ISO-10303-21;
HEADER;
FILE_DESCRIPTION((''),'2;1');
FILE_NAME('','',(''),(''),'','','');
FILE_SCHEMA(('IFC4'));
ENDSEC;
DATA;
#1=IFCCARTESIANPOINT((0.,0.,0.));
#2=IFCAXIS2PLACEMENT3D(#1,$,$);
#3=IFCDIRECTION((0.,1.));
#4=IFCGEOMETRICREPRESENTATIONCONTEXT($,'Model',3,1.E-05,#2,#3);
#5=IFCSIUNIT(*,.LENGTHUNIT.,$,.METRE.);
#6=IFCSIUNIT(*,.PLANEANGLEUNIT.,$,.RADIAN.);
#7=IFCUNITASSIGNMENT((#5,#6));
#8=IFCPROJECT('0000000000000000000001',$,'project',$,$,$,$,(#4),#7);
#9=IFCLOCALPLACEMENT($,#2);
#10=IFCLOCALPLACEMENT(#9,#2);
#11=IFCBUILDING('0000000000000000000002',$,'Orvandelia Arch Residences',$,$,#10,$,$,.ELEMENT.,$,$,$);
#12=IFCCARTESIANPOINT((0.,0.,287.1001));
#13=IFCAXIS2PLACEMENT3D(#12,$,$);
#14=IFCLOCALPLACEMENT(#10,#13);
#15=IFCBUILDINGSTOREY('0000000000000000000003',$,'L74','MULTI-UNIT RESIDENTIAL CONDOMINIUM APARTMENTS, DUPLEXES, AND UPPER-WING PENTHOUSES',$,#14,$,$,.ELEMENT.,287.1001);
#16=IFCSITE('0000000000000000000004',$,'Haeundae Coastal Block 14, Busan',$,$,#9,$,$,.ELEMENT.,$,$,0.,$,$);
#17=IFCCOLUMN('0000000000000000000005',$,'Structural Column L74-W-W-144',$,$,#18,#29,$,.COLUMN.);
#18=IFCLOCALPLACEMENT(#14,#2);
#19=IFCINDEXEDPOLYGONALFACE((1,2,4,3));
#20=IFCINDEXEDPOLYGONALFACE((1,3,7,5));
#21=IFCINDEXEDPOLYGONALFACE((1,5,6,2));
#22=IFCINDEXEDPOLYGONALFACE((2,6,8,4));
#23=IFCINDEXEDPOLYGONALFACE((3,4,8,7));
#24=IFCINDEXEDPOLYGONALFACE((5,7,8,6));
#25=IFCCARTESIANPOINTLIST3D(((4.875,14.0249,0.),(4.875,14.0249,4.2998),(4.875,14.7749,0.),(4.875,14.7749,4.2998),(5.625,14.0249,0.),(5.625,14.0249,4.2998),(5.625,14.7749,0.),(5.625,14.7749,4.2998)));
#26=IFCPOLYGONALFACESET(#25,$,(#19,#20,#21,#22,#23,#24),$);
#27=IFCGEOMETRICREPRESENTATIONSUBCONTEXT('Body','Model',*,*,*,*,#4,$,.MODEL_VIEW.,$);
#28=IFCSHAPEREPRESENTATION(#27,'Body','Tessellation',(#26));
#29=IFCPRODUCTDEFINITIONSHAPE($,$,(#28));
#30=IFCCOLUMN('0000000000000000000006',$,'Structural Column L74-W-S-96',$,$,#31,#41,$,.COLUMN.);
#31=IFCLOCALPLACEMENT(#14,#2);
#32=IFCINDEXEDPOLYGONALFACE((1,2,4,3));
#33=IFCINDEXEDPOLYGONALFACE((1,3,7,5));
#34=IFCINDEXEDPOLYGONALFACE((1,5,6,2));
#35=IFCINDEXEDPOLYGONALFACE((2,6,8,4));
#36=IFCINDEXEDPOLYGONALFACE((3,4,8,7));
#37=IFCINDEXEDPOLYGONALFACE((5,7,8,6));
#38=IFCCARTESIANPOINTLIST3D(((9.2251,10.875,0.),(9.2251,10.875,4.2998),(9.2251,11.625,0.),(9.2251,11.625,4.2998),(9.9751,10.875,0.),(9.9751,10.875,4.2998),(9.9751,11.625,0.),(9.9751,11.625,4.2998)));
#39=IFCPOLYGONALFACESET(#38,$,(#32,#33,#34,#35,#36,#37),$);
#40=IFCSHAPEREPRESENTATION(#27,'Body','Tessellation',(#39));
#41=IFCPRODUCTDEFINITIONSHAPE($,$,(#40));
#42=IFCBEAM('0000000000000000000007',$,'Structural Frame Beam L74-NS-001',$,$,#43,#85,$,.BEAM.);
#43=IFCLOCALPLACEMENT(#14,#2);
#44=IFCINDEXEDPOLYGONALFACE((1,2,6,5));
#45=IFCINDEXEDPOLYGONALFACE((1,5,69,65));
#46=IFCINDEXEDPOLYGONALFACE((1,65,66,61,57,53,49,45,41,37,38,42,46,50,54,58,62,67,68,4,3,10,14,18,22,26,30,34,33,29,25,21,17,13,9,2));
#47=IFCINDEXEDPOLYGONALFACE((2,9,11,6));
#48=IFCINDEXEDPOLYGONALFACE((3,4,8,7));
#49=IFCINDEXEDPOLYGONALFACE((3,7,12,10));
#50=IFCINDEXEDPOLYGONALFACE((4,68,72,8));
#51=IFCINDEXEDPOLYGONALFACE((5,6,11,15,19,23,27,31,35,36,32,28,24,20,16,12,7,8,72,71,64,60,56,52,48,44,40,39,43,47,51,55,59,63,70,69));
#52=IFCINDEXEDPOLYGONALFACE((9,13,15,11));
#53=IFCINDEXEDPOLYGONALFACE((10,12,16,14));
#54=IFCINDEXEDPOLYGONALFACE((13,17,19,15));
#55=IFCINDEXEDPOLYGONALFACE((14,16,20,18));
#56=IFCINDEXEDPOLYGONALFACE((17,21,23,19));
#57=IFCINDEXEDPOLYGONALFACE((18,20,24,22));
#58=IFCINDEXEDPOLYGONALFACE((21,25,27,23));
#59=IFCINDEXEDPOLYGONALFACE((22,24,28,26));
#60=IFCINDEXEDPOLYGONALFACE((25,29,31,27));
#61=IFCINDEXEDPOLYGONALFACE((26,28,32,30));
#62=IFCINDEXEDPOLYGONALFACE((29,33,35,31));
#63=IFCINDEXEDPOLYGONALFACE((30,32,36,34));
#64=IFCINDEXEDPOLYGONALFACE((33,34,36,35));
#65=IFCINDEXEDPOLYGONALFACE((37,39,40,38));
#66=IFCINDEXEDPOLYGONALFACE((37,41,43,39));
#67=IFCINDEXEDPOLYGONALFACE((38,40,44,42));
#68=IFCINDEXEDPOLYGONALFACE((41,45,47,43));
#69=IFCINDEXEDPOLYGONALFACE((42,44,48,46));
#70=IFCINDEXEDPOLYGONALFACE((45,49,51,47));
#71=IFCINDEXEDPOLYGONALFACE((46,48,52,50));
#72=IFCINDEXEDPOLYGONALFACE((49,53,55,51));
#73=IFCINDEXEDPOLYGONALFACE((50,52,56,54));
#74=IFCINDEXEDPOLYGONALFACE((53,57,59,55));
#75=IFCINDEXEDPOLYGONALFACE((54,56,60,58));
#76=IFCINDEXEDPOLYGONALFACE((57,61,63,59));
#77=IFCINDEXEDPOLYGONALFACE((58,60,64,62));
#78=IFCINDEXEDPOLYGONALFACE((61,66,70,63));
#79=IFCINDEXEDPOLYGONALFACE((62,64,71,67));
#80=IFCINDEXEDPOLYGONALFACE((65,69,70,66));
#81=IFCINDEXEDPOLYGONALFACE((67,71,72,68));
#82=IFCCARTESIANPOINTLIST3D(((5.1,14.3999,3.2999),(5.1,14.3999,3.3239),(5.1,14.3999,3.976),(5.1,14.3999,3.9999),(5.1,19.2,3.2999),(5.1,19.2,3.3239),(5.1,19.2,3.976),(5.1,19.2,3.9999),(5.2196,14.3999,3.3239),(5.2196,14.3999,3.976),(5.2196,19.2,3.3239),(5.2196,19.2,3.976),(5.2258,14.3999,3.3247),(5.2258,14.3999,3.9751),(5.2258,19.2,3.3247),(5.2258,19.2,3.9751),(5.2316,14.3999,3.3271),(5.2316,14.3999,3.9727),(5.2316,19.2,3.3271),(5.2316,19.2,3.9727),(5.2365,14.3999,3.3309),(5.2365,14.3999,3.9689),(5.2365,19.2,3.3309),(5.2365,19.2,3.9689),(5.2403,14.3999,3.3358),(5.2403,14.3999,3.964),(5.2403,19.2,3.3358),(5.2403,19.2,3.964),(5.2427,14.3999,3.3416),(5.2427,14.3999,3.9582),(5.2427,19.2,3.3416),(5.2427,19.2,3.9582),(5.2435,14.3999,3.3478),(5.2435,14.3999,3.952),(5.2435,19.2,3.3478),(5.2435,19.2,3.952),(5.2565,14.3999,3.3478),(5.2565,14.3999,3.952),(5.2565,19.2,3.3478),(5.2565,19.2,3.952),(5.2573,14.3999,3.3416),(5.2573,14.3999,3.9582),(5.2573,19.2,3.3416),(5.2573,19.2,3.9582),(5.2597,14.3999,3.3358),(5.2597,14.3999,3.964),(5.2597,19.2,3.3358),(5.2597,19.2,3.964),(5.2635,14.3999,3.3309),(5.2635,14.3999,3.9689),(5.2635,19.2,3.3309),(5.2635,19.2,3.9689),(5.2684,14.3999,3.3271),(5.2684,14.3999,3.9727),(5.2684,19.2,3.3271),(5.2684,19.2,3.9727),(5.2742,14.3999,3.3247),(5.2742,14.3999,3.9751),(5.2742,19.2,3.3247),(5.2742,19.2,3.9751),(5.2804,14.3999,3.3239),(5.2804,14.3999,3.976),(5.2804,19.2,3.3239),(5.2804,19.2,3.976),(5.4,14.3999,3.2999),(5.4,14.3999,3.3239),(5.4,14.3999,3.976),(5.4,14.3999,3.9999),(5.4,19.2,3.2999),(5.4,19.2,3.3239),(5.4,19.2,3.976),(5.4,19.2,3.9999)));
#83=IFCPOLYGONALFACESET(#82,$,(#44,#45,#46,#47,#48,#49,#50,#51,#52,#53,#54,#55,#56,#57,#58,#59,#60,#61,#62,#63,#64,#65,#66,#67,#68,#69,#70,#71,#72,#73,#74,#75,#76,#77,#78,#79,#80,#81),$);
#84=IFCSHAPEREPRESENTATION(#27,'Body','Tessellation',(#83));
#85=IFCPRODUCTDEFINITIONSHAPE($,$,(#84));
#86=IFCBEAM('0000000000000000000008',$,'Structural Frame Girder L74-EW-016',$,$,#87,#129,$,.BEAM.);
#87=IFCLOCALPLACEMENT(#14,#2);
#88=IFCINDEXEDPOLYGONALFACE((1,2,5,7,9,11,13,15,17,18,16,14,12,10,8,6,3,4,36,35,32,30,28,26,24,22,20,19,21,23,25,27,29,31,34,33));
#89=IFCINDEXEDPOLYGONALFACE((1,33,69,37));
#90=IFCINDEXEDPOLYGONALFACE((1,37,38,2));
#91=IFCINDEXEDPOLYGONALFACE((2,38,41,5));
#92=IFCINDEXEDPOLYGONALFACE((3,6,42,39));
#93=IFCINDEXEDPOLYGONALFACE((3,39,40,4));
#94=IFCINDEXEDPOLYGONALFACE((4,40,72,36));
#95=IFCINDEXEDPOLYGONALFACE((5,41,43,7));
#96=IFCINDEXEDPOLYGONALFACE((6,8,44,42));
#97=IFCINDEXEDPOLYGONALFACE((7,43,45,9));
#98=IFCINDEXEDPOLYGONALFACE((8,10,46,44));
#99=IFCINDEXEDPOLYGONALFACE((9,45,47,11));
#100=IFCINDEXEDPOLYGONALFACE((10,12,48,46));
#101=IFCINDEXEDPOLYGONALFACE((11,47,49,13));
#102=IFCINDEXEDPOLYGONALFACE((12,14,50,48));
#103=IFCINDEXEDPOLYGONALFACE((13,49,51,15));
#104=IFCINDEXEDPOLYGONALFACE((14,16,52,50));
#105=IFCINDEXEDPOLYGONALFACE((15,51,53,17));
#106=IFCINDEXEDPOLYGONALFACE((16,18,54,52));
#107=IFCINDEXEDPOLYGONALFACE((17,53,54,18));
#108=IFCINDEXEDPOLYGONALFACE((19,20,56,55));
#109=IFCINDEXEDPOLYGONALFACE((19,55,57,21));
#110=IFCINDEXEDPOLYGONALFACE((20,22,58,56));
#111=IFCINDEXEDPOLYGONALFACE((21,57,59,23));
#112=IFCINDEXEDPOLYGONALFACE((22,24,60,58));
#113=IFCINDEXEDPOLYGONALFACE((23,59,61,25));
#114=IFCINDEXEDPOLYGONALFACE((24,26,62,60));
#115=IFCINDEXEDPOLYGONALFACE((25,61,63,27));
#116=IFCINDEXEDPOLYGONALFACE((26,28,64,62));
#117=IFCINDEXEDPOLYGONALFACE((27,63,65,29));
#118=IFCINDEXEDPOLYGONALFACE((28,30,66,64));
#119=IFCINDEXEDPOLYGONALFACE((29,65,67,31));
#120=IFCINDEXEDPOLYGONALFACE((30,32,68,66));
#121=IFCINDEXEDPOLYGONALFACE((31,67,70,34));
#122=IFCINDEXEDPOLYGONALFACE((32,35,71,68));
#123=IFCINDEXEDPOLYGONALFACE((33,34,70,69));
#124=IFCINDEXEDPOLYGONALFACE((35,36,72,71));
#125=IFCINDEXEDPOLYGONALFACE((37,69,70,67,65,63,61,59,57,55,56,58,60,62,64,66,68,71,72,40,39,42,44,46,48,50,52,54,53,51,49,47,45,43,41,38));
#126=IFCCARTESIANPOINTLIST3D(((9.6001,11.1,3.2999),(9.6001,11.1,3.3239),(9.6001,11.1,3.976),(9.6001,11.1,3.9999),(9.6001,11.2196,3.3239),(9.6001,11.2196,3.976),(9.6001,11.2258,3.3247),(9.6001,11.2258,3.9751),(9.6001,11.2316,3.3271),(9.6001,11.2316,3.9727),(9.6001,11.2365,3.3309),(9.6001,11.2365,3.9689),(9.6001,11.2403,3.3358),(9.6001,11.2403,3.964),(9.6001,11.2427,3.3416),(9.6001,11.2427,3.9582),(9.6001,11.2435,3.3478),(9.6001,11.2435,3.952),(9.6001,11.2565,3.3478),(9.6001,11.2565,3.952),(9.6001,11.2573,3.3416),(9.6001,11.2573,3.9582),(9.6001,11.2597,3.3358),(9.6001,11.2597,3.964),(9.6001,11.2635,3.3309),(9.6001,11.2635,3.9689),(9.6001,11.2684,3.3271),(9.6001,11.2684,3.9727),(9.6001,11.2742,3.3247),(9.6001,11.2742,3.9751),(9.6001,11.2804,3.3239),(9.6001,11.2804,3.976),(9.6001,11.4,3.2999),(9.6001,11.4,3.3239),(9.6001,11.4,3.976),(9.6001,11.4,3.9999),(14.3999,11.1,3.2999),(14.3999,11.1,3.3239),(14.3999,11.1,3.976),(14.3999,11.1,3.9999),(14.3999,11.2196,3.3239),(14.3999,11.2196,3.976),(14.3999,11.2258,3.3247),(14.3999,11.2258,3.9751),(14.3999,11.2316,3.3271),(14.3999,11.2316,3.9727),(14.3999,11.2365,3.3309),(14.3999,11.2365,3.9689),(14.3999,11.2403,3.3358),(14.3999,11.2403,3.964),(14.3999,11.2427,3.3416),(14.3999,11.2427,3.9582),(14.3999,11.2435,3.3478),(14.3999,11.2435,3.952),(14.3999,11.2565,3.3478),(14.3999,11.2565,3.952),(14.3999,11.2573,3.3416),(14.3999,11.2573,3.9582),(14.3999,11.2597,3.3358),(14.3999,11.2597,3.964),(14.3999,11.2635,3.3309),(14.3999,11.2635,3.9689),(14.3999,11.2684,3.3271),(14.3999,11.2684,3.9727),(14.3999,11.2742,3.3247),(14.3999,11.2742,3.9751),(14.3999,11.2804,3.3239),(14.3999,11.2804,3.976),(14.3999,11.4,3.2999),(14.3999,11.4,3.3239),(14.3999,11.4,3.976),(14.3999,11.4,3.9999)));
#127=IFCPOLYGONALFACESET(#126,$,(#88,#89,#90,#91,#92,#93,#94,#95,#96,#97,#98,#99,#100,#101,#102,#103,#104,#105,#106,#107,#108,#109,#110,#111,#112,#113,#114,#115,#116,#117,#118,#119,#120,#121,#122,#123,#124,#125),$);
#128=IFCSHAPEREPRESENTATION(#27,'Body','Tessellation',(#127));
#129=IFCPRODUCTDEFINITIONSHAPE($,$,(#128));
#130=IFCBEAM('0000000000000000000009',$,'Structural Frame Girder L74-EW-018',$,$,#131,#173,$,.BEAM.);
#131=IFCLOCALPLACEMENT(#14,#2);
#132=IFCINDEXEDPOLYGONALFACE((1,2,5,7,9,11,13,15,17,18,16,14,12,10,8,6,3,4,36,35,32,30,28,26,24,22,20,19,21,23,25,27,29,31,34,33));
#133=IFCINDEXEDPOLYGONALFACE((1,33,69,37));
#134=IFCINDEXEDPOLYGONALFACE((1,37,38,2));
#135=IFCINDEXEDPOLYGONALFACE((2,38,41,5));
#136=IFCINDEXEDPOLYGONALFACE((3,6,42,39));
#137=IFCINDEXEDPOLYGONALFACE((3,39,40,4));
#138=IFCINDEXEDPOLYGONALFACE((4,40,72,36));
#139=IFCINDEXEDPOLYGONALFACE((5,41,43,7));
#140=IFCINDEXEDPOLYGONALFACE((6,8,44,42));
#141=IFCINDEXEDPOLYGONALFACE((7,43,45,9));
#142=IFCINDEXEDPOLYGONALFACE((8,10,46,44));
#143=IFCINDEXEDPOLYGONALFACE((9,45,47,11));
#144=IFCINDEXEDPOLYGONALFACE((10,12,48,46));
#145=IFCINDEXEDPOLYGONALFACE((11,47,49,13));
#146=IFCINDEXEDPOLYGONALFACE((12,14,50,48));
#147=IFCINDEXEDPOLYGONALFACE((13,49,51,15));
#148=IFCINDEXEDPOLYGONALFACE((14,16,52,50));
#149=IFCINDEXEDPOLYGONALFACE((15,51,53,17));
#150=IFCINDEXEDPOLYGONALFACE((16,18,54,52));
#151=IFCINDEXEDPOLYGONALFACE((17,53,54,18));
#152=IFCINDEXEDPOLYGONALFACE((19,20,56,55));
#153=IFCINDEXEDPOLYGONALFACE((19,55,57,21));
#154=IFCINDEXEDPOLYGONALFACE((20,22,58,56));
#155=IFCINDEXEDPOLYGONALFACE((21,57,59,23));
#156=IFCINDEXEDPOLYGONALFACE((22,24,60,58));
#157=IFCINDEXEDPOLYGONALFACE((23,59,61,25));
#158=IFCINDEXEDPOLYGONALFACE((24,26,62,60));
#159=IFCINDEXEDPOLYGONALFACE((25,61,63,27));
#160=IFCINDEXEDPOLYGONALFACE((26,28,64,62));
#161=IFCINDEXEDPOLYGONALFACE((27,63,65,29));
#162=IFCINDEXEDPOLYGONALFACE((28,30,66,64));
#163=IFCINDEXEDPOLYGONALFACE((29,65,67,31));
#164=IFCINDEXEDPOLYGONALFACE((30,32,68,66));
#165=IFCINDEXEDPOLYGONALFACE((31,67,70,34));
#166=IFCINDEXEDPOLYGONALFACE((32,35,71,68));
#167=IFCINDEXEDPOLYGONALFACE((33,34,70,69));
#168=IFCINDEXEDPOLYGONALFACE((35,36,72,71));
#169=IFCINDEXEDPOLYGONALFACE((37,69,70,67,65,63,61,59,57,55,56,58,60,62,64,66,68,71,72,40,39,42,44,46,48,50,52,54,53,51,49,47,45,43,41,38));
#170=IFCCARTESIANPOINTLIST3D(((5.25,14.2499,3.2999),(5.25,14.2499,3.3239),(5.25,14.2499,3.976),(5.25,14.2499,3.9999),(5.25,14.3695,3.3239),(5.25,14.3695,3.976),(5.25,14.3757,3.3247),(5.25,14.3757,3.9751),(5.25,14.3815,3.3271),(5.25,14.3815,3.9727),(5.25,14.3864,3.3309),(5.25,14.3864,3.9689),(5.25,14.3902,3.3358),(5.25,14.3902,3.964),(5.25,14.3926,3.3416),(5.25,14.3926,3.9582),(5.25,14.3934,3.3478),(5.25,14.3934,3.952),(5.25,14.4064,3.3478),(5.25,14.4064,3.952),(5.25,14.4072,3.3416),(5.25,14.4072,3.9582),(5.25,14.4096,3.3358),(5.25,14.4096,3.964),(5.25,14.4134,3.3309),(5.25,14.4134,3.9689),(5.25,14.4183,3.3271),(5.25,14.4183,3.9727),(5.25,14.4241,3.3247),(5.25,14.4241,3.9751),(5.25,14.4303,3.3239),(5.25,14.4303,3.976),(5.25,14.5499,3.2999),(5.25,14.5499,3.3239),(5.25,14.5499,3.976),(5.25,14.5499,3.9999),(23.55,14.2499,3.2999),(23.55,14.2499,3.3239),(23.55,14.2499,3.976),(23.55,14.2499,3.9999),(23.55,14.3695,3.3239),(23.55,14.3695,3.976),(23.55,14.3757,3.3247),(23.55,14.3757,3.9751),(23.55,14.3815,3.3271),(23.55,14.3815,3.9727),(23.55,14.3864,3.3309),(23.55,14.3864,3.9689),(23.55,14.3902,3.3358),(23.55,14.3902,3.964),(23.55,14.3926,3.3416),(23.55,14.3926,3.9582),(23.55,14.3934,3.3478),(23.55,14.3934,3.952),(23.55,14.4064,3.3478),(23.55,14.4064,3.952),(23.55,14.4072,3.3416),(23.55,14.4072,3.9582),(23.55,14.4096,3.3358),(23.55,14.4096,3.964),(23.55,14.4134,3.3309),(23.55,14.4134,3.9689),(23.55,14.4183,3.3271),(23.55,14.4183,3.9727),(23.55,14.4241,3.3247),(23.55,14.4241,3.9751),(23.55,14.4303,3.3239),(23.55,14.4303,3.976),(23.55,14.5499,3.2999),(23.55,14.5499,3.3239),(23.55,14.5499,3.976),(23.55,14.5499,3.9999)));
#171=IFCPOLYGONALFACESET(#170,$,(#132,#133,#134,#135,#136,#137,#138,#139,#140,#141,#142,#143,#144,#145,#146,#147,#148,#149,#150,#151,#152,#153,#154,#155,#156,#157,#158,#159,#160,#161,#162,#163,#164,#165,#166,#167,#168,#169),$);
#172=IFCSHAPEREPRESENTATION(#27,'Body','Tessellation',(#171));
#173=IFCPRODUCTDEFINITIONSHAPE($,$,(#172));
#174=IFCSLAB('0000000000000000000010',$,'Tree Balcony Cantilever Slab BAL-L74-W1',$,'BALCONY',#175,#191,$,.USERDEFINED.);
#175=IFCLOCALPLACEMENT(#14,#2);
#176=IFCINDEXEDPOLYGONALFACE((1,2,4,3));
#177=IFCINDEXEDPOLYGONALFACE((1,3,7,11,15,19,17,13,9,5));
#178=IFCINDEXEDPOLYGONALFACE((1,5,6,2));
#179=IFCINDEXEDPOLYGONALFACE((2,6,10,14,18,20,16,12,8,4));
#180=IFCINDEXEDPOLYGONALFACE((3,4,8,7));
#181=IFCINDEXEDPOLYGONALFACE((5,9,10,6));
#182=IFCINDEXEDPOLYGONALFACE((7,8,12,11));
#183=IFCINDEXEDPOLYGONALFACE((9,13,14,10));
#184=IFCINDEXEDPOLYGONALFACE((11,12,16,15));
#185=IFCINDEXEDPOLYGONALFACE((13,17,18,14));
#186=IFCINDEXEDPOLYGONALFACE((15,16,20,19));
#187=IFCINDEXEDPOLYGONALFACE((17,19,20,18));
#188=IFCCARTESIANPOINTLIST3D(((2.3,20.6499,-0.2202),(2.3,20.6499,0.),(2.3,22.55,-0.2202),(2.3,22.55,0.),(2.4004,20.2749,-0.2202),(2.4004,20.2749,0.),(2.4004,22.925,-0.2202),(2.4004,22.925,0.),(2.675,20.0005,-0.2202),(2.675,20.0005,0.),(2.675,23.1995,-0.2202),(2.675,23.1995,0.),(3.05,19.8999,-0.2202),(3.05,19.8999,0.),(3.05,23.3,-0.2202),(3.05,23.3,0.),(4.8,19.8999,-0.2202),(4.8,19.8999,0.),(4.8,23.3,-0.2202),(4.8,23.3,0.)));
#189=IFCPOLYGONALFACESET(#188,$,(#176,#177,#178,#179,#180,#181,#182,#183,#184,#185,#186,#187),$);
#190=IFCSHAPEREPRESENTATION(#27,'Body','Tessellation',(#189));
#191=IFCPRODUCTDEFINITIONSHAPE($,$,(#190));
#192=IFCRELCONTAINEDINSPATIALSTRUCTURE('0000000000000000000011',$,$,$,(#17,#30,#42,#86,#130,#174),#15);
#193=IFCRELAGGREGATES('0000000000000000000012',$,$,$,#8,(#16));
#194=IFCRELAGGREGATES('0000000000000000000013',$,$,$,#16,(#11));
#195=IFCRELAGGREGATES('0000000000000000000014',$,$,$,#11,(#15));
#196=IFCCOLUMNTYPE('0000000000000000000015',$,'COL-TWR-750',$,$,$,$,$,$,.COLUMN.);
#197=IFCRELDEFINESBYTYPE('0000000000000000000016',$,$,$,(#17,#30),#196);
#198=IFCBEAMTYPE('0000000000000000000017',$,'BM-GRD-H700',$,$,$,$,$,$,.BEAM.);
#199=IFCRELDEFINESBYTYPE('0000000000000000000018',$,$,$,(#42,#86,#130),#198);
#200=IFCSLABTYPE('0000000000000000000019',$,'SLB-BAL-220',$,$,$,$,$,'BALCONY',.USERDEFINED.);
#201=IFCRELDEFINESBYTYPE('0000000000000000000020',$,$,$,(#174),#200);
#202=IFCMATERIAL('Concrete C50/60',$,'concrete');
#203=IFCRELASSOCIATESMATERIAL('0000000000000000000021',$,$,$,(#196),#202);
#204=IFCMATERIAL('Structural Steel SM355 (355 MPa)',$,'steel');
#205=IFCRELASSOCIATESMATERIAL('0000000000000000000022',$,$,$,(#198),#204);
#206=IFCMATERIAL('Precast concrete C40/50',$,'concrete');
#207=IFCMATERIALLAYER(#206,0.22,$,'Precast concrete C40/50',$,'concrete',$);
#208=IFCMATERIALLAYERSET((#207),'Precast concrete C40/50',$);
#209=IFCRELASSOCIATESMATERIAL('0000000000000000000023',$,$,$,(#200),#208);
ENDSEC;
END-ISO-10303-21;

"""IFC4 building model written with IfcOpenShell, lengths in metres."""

from ifc_helpers import new_model, si_unit, direction, frame, origin, origin_2d, place, context, subcontext, project, spatial, polyline, rectangle, i_section, outline, extrude, material, layer, layer_set, material_profile, profile_set, type_object, element, save


model = new_model("IFC4")

# Units and contexts
model_context = context("Model", 3, precision=1e-05, world=origin(), true_north=direction((0.0, 1.0)))
body_context = subcontext(model_context, "Body", "Model", "MODEL_VIEW")
ifc_project = project(units=[si_unit("LENGTHUNIT", "METRE"), si_unit("PLANEANGLEUNIT", "RADIAN")], contexts=[model_context])

# Site, building, storey
site_placement = place(None, origin())
site = spatial("IfcSite", under=ifc_project, at=site_placement, Name="Haeundae Coastal Block 14, Busan", CompositionType="ELEMENT", RefElevation=0.0)
building_placement = place(site_placement, origin())
building = spatial("IfcBuilding", under=site, at=building_placement, Name="Orvandelia Arch Residences", CompositionType="ELEMENT")
storey_placement = place(building_placement, frame((0.0, 0.0, 287.1001)))
storey = spatial("IfcBuildingStorey", under=building, at=storey_placement, Name="L74", Description="MULTI-UNIT RESIDENTIAL CONDOMINIUM APARTMENTS, DUPLEXES, AND UPPER-WING PENTHOUSES", CompositionType="ELEMENT", Elevation=287.1001)

# Columns
ifc_material_1 = material(Name="Concrete C50/60", Category="concrete")
ifc_material_profile_1 = material_profile(ifc_material_1, rectangle(XDim=0.75, YDim=0.75, at=origin_2d()), Name="Concrete C50/60", Category="concrete")
ifc_profile_set_1 = profile_set([ifc_material_profile_1], Name="Concrete C50/60")
column_type = type_object("IfcColumnType", Name="COL-TWR-750", PredefinedType="COLUMN", material=ifc_profile_set_1)
for number, where, z_axis, x_axis, name in (
    (1, (5.25, 14.3999, 0.0), (0.0, 0.0, 1.0), (1.0, 0.0, 0.0), "Structural Column L74-W-W-144"),
    (2, (9.6001, 11.25, 0.0), (0.0, 0.0, 1.0), (1.0, 0.0, 0.0), "Structural Column L74-W-S-96"),
):
    element("IfcColumn", number, at=place(storey_placement, frame(where, z_axis=z_axis, x_axis=x_axis)), inside=storey, type_object=column_type, Name=name, PredefinedType="COLUMN", context=body_context, shape_type="SweptSolid", body=[
        extrude(rectangle(XDim=0.75, YDim=0.75, at=origin_2d()), origin(), (0.0, 0.0, 1.0), 4.2998),
    ])

# Beams
ifc_material_2 = material(Name="Structural Steel SM355 (355 MPa)", Category="steel")
ifc_material_profile_2 = material_profile(ifc_material_2, i_section(OverallWidth=0.3, OverallDepth=0.7, WebThickness=0.0129, FlangeThickness=0.0239, FilletRadius=0.0239, at=origin_2d()), Name="Structural Steel SM355 (355 MPa)", Category="steel")
ifc_profile_set_2 = profile_set([ifc_material_profile_2], Name="Structural Steel SM355 (355 MPa)")
beam_type = type_object("IfcBeamType", Name="BM-GRD-H700", PredefinedType="BEAM", material=ifc_profile_set_2)
beam_1_placement = place(storey_placement, frame((5.25, 14.3999, 3.6499), z_axis=(0.0, 1.0, 0.0), x_axis=(-1.0, 0.0, 0.0)))
element("IfcBeam", 3, at=beam_1_placement, inside=storey, type_object=beam_type, Name="Structural Frame Beam L74-NS-001", PredefinedType="BEAM", context=body_context, shape_type="SweptSolid", body=[
    extrude(i_section(OverallWidth=0.3, OverallDepth=0.7, WebThickness=0.0129, FlangeThickness=0.0239, FilletRadius=0.0239, at=origin_2d()), origin(), (0.0, 0.0, 1.0), 4.8),
])
beam_2_placement = place(storey_placement, frame((9.6001, 11.25, 3.6499), z_axis=(1.0, 0.0, 0.0), x_axis=(0.0, 1.0, 0.0)))
element("IfcBeam", 4, at=beam_2_placement, inside=storey, type_object=beam_type, Name="Structural Frame Girder L74-EW-016", PredefinedType="BEAM", context=body_context, shape_type="SweptSolid", body=[
    extrude(i_section(OverallWidth=0.3, OverallDepth=0.7, WebThickness=0.0129, FlangeThickness=0.0239, FilletRadius=0.0239, at=origin_2d()), origin(), (0.0, 0.0, 1.0), 4.7998),
])
beam_3_placement = place(storey_placement, frame((5.25, 14.3999, 3.6499), z_axis=(1.0, 0.0, 0.0), x_axis=(0.0, 1.0, 0.0)))
element("IfcBeam", 5, at=beam_3_placement, inside=storey, type_object=beam_type, Name="Structural Frame Girder L74-EW-018", PredefinedType="BEAM", context=body_context, shape_type="SweptSolid", body=[
    extrude(i_section(OverallWidth=0.3, OverallDepth=0.7, WebThickness=0.0129, FlangeThickness=0.0239, FilletRadius=0.0239, at=origin_2d()), origin(), (0.0, 0.0, 1.0), 18.3),
])

# Slab
ifc_material_3 = material(Name="Precast concrete C40/50", Category="concrete")
ifc_layer_1 = layer(ifc_material_3, 0.22, Name="Precast concrete C40/50", Category="concrete")
ifc_layer_set_1 = layer_set([ifc_layer_1], Name="Precast concrete C40/50")
slab_type_1 = type_object("IfcSlabType", Name="SLB-BAL-220", ElementType="BALCONY", PredefinedType="USERDEFINED", material=ifc_layer_set_1)
slab_1_placement = place(storey_placement, frame((0.0, 0.0, -0.2202)))
element("IfcSlab", 6, at=slab_1_placement, inside=storey, type_object=slab_type_1, Name="Tree Balcony Cantilever Slab BAL-L74-W1", ObjectType="BALCONY", PredefinedType="USERDEFINED", context=body_context, shape_type="SweptSolid", body=[
    extrude(outline(polyline([(4.8, 19.8999), (4.8, 23.3), (3.05, 23.3), (2.675, 23.1995), (2.4004, 22.925), (2.3, 22.55), (2.3, 20.6499), (2.4004, 20.2749), (2.675, 20.0005), (3.05, 19.8999), (4.8, 19.8999)])), origin(), (0.0, 0.0, 1.0), 0.2202),
])

save(model, "model.ifc")
